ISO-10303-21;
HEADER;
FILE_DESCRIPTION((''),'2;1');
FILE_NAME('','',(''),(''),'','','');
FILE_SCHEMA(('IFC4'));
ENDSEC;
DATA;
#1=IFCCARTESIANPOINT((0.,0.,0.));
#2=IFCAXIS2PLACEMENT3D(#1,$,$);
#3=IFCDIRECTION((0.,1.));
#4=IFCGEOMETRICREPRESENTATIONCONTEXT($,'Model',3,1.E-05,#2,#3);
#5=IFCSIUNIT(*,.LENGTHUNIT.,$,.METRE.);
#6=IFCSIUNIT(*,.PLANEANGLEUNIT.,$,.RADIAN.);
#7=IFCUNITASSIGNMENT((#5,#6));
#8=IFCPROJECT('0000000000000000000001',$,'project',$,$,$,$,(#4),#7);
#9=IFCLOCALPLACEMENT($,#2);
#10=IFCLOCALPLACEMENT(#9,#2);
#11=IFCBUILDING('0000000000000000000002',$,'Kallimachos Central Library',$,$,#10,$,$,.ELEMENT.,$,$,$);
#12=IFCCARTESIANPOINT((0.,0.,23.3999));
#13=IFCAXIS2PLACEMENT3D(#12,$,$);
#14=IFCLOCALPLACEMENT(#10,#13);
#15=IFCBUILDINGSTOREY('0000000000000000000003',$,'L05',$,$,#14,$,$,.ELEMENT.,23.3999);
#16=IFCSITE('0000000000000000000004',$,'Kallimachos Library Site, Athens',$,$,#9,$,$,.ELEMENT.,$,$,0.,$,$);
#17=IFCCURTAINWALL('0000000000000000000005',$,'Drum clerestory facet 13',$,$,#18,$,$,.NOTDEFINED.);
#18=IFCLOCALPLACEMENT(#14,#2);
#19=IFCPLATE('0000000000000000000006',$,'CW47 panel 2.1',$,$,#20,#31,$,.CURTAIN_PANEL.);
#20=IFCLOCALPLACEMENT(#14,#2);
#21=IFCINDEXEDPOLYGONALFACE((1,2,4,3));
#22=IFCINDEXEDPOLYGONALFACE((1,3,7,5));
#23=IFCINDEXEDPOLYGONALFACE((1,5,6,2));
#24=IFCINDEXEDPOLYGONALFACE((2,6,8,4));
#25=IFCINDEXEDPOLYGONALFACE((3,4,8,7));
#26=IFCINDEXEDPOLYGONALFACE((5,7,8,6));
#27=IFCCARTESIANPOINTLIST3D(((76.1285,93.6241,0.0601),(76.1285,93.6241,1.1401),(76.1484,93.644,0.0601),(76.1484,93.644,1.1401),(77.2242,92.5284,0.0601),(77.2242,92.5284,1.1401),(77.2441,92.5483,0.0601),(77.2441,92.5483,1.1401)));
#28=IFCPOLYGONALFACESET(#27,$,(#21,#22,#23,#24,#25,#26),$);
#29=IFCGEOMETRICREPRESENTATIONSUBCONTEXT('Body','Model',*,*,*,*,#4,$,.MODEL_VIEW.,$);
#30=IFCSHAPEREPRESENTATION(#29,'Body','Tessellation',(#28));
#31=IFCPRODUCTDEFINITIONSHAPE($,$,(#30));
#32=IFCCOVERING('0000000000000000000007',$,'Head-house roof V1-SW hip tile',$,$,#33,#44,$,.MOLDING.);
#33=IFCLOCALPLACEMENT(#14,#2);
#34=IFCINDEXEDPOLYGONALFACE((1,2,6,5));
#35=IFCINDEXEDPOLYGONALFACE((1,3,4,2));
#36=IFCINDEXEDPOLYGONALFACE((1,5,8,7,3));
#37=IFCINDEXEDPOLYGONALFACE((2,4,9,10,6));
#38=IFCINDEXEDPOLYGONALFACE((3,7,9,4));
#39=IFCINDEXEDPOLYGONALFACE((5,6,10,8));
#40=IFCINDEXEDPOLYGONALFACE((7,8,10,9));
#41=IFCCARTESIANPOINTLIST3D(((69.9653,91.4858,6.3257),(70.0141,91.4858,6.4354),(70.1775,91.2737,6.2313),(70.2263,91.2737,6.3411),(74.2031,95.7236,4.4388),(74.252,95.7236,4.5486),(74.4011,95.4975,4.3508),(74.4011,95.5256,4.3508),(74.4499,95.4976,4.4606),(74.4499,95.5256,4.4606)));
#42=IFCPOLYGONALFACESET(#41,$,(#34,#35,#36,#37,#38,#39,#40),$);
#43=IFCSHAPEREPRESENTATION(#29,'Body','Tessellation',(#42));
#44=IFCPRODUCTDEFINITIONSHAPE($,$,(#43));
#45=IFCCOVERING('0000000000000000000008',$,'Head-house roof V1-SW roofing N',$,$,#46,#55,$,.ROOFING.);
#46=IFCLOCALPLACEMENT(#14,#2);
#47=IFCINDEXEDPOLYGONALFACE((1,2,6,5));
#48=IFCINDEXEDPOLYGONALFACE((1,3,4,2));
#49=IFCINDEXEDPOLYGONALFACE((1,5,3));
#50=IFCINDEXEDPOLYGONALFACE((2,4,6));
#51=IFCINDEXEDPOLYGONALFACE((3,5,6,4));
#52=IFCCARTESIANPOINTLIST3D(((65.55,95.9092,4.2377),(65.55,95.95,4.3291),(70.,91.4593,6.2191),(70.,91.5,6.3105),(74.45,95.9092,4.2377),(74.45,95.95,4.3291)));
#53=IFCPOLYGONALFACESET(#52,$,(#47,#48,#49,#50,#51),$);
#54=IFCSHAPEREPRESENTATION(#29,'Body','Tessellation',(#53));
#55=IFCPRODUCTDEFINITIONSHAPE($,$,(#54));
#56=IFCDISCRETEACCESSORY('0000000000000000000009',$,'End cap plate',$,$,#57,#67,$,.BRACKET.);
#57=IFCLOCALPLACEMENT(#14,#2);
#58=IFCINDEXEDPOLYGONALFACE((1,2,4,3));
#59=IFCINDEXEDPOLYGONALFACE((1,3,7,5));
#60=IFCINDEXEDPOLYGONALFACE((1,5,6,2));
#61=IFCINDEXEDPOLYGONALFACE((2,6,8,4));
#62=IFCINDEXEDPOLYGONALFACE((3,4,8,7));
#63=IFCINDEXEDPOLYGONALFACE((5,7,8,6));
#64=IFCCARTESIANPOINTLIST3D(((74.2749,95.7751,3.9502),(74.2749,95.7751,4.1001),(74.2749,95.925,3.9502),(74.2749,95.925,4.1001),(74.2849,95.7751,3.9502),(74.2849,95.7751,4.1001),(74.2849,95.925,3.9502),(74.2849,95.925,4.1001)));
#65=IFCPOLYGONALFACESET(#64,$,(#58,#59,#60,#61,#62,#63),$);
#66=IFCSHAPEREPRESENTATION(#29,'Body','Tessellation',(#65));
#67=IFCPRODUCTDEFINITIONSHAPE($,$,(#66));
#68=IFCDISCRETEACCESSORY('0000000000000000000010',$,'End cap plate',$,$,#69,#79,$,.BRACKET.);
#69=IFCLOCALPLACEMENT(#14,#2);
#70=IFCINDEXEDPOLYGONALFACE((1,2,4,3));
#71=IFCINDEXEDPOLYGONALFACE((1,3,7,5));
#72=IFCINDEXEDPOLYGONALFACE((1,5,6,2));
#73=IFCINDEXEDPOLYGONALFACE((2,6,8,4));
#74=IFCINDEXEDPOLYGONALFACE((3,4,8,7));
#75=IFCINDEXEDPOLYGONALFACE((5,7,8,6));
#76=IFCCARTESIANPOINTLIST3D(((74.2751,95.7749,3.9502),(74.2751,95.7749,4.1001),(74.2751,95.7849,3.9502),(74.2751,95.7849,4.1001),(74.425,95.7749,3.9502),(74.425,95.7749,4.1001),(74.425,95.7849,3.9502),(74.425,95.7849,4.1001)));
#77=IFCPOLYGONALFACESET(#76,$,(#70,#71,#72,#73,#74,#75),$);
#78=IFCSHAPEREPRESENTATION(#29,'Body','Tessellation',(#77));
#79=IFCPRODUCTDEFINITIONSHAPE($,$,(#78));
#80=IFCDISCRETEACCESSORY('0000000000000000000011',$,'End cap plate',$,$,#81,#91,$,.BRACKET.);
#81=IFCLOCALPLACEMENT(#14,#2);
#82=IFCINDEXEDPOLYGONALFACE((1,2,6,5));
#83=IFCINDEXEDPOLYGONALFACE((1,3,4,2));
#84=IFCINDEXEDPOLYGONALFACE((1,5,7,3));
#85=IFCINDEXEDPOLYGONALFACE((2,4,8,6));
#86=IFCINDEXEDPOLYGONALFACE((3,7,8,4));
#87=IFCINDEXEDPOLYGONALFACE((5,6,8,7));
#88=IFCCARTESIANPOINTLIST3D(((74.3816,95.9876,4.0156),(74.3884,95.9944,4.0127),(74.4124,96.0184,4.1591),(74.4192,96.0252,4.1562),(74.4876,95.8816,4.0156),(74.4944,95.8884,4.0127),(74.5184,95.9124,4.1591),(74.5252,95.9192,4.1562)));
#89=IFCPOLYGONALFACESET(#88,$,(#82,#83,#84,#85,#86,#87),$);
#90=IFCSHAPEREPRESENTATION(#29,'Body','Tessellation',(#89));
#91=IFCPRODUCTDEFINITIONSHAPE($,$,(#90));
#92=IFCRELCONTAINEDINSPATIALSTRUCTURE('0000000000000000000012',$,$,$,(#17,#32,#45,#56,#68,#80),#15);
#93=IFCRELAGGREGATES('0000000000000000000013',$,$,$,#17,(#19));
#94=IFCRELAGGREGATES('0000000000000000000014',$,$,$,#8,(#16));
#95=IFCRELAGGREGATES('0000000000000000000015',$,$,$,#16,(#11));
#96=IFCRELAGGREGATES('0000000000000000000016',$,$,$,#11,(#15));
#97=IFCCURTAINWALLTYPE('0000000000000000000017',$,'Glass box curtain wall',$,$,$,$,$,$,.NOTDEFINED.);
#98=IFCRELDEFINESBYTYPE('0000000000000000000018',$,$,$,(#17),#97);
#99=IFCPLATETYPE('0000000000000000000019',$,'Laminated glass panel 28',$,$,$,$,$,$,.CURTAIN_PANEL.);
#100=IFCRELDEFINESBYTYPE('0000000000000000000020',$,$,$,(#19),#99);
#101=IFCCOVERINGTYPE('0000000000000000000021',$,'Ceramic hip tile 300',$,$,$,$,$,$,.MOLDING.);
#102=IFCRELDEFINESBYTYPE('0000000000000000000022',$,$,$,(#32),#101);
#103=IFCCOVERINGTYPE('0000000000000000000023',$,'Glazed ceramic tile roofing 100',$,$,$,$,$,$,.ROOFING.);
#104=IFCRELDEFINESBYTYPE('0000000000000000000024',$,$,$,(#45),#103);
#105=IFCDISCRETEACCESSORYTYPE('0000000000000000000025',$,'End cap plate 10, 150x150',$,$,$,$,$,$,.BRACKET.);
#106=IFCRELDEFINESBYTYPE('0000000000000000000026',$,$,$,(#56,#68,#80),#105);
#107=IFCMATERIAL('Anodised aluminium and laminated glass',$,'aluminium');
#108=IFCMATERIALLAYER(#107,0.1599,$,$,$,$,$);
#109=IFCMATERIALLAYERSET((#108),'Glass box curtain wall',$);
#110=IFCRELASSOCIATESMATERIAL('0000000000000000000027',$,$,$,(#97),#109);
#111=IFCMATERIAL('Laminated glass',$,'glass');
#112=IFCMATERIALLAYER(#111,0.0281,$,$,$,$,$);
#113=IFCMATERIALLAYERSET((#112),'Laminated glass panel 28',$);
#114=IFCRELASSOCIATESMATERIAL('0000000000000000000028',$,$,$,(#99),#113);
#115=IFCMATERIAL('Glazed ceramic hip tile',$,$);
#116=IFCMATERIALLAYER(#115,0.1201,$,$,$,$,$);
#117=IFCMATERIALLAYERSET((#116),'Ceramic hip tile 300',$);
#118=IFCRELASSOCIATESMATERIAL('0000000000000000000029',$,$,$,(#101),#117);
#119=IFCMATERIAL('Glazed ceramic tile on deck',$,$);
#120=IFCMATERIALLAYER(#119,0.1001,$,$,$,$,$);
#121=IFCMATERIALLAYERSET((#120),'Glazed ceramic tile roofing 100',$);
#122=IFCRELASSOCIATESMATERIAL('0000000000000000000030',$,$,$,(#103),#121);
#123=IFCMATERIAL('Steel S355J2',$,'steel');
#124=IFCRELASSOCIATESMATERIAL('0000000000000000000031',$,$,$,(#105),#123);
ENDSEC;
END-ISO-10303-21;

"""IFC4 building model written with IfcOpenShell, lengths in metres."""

from ifc_helpers import new_model, si_unit, direction, frame, origin, origin_2d, place, context, subcontext, project, spatial, polyline, rectangle, outline, extrude, material, layer, layer_set, material_profile, profile_set, type_object, element, aggregate, save


model = new_model("IFC4")

# Units and contexts
model_context = context("Model", 3, precision=1e-05, world=origin(), true_north=direction((0.0, 1.0)))
body_context = subcontext(model_context, "Body", "Model", "MODEL_VIEW")
ifc_project = project(units=[si_unit("LENGTHUNIT", "METRE"), si_unit("PLANEANGLEUNIT", "RADIAN")], contexts=[model_context])

# Site, building, storey
site_placement = place(None, origin())
site = spatial("IfcSite", under=ifc_project, at=site_placement, Name="Kallimachos Library Site, Athens", CompositionType="ELEMENT", RefElevation=0.0)
building_placement = place(site_placement, origin())
building = spatial("IfcBuilding", under=site, at=building_placement, Name="Kallimachos Central Library", CompositionType="ELEMENT")
storey_placement = place(building_placement, frame((0.0, 0.0, 23.3999)))
storey = spatial("IfcBuildingStorey", under=building, at=storey_placement, Name="L05", CompositionType="ELEMENT", Elevation=23.3999)

# Curtain wall
ifc_material_1 = material(Name="Anodised aluminium and laminated glass", Category="aluminium")
ifc_layer_1 = layer(ifc_material_1, 0.1599)
ifc_layer_set_1 = layer_set([ifc_layer_1], Name="Glass box curtain wall")
curtain_wall_type = type_object("IfcCurtainWallType", Name="Glass box curtain wall", PredefinedType="NOTDEFINED", material=ifc_layer_set_1)
curtain_wall_1_placement = place(storey_placement, origin())
curtain_wall_1 = element("IfcCurtainWall", 1, at=curtain_wall_1_placement, inside=storey, type_object=curtain_wall_type, Name="Drum clerestory facet 13", PredefinedType="NOTDEFINED")

# Plate
ifc_material_2 = material(Name="Laminated glass", Category="glass")
ifc_layer_2 = layer(ifc_material_2, 0.0281)
ifc_layer_set_2 = layer_set([ifc_layer_2], Name="Laminated glass panel 28")
plate_type_1 = type_object("IfcPlateType", Name="Laminated glass panel 28", PredefinedType="CURTAIN_PANEL", material=ifc_layer_set_2)
plate_1_placement = place(storey_placement, frame((76.6863, 93.0862, 0.0601), z_axis=(0.0, 0.0, 1.0), x_axis=(0.707107, -0.707107, 0.0)))
plate_1 = element("IfcPlate", 2, at=plate_1_placement, type_object=plate_type_1, Name="CW47 panel 2.1", PredefinedType="CURTAIN_PANEL", context=body_context, shape_type="SweptSolid", body=[
    extrude(rectangle(XDim=1.5496, YDim=0.0281, at=origin_2d()), origin(), (0.0, 0.0, 1.0), 1.0801),
])
aggregate(curtain_wall_1, [plate_1])

# Coverings
ifc_material_3 = material(Name="Glazed ceramic hip tile")
ifc_layer_3 = layer(ifc_material_3, 0.1201)
ifc_layer_set_3 = layer_set([ifc_layer_3], Name="Ceramic hip tile 300")
covering_type_1 = type_object("IfcCoveringType", Name="Ceramic hip tile 300", PredefinedType="MOLDING", material=ifc_layer_set_3)
covering_1_placement = place(storey_placement, frame((74.252, 95.7236, 4.5486), z_axis=(0.406522, 0.000262, 0.913641), x_axis=(0.674462, -0.674653, -0.299907)))
element("IfcCovering", 3, at=covering_1_placement, inside=storey, type_object=covering_type_1, Name="Head-house roof V1-SW hip tile", PredefinedType="MOLDING", context=body_context, shape_type="SweptSolid", body=[
    extrude(outline(polyline([(0.0, 0.0), (0.2935, 0.0), (0.3124, -0.0207), (-0.2505, -6.2576), (-0.5651, -6.2577), (0.0, 0.0)])), origin(), (0.0, 0.0, -1.0), 0.1201),
])
ifc_material_4 = material(Name="Glazed ceramic tile on deck")
ifc_layer_4 = layer(ifc_material_4, 0.1001)
ifc_layer_set_4 = layer_set([ifc_layer_4], Name="Glazed ceramic tile roofing 100")
covering_type_2 = type_object("IfcCoveringType", Name="Glazed ceramic tile roofing 100", PredefinedType="ROOFING", material=ifc_layer_set_4)
covering_2_placement = place(storey_placement, frame((74.45, 95.95, 4.3291), z_axis=(0.0, 0.406771, 0.91353), x_axis=(-1.0, 0.0, 0.0)))
element("IfcCovering", 4, at=covering_2_placement, inside=storey, type_object=covering_type_2, Name="Head-house roof V1-SW roofing N", PredefinedType="ROOFING", context=body_context, shape_type="SweptSolid", body=[
    extrude(outline(polyline([(0.0, 0.0), (8.8999, 0.0), (4.45, 4.8712), (0.0, 0.0)])), origin(), (0.0, 0.0, -1.0), 0.1001),
])

# Discrete accessories
ifc_material_5 = material(Name="Steel S355J2", Category="steel")
ifc_material_profile_1 = material_profile(ifc_material_5, rectangle(XDim=0.1499, YDim=0.1499, at=origin_2d()), Name="End cap plate 10, 150x150")
ifc_profile_set_1 = profile_set([ifc_material_profile_1], Name="Steel S355J2")
discrete_accessory_type = type_object("IfcDiscreteAccessoryType", Name="End cap plate 10, 150x150", PredefinedType="BRACKET", material=ifc_profile_set_1)
for number, where, z_axis, x_axis, name in (
    (5, (74.2749, 95.8501, 4.0251), (1.0, 0.0, 0.0), (0.0, 1.0, 0.0), "End cap plate"),
    (6, (74.3501, 95.7749, 4.0251), (0.0, 1.0, 0.0), (-1.0, 0.0, 0.0), "End cap plate"),
    (7, (74.4568, 95.9568, 4.0845), (-0.676716, -0.676716, 0.290021), (0.707107, -0.707107, 0.0), "End cap plate"),
):
    element("IfcDiscreteAccessory", number, at=place(storey_placement, frame(where, z_axis=z_axis, x_axis=x_axis)), inside=storey, type_object=discrete_accessory_type, Name=name, PredefinedType="BRACKET", context=body_context, shape_type="SweptSolid", body=[
        extrude(rectangle(XDim=0.1499, YDim=0.1499, at=origin_2d()), origin(), (0.0, 0.0, 1.0), 0.01),
    ])

save(model, "model.ifc")
